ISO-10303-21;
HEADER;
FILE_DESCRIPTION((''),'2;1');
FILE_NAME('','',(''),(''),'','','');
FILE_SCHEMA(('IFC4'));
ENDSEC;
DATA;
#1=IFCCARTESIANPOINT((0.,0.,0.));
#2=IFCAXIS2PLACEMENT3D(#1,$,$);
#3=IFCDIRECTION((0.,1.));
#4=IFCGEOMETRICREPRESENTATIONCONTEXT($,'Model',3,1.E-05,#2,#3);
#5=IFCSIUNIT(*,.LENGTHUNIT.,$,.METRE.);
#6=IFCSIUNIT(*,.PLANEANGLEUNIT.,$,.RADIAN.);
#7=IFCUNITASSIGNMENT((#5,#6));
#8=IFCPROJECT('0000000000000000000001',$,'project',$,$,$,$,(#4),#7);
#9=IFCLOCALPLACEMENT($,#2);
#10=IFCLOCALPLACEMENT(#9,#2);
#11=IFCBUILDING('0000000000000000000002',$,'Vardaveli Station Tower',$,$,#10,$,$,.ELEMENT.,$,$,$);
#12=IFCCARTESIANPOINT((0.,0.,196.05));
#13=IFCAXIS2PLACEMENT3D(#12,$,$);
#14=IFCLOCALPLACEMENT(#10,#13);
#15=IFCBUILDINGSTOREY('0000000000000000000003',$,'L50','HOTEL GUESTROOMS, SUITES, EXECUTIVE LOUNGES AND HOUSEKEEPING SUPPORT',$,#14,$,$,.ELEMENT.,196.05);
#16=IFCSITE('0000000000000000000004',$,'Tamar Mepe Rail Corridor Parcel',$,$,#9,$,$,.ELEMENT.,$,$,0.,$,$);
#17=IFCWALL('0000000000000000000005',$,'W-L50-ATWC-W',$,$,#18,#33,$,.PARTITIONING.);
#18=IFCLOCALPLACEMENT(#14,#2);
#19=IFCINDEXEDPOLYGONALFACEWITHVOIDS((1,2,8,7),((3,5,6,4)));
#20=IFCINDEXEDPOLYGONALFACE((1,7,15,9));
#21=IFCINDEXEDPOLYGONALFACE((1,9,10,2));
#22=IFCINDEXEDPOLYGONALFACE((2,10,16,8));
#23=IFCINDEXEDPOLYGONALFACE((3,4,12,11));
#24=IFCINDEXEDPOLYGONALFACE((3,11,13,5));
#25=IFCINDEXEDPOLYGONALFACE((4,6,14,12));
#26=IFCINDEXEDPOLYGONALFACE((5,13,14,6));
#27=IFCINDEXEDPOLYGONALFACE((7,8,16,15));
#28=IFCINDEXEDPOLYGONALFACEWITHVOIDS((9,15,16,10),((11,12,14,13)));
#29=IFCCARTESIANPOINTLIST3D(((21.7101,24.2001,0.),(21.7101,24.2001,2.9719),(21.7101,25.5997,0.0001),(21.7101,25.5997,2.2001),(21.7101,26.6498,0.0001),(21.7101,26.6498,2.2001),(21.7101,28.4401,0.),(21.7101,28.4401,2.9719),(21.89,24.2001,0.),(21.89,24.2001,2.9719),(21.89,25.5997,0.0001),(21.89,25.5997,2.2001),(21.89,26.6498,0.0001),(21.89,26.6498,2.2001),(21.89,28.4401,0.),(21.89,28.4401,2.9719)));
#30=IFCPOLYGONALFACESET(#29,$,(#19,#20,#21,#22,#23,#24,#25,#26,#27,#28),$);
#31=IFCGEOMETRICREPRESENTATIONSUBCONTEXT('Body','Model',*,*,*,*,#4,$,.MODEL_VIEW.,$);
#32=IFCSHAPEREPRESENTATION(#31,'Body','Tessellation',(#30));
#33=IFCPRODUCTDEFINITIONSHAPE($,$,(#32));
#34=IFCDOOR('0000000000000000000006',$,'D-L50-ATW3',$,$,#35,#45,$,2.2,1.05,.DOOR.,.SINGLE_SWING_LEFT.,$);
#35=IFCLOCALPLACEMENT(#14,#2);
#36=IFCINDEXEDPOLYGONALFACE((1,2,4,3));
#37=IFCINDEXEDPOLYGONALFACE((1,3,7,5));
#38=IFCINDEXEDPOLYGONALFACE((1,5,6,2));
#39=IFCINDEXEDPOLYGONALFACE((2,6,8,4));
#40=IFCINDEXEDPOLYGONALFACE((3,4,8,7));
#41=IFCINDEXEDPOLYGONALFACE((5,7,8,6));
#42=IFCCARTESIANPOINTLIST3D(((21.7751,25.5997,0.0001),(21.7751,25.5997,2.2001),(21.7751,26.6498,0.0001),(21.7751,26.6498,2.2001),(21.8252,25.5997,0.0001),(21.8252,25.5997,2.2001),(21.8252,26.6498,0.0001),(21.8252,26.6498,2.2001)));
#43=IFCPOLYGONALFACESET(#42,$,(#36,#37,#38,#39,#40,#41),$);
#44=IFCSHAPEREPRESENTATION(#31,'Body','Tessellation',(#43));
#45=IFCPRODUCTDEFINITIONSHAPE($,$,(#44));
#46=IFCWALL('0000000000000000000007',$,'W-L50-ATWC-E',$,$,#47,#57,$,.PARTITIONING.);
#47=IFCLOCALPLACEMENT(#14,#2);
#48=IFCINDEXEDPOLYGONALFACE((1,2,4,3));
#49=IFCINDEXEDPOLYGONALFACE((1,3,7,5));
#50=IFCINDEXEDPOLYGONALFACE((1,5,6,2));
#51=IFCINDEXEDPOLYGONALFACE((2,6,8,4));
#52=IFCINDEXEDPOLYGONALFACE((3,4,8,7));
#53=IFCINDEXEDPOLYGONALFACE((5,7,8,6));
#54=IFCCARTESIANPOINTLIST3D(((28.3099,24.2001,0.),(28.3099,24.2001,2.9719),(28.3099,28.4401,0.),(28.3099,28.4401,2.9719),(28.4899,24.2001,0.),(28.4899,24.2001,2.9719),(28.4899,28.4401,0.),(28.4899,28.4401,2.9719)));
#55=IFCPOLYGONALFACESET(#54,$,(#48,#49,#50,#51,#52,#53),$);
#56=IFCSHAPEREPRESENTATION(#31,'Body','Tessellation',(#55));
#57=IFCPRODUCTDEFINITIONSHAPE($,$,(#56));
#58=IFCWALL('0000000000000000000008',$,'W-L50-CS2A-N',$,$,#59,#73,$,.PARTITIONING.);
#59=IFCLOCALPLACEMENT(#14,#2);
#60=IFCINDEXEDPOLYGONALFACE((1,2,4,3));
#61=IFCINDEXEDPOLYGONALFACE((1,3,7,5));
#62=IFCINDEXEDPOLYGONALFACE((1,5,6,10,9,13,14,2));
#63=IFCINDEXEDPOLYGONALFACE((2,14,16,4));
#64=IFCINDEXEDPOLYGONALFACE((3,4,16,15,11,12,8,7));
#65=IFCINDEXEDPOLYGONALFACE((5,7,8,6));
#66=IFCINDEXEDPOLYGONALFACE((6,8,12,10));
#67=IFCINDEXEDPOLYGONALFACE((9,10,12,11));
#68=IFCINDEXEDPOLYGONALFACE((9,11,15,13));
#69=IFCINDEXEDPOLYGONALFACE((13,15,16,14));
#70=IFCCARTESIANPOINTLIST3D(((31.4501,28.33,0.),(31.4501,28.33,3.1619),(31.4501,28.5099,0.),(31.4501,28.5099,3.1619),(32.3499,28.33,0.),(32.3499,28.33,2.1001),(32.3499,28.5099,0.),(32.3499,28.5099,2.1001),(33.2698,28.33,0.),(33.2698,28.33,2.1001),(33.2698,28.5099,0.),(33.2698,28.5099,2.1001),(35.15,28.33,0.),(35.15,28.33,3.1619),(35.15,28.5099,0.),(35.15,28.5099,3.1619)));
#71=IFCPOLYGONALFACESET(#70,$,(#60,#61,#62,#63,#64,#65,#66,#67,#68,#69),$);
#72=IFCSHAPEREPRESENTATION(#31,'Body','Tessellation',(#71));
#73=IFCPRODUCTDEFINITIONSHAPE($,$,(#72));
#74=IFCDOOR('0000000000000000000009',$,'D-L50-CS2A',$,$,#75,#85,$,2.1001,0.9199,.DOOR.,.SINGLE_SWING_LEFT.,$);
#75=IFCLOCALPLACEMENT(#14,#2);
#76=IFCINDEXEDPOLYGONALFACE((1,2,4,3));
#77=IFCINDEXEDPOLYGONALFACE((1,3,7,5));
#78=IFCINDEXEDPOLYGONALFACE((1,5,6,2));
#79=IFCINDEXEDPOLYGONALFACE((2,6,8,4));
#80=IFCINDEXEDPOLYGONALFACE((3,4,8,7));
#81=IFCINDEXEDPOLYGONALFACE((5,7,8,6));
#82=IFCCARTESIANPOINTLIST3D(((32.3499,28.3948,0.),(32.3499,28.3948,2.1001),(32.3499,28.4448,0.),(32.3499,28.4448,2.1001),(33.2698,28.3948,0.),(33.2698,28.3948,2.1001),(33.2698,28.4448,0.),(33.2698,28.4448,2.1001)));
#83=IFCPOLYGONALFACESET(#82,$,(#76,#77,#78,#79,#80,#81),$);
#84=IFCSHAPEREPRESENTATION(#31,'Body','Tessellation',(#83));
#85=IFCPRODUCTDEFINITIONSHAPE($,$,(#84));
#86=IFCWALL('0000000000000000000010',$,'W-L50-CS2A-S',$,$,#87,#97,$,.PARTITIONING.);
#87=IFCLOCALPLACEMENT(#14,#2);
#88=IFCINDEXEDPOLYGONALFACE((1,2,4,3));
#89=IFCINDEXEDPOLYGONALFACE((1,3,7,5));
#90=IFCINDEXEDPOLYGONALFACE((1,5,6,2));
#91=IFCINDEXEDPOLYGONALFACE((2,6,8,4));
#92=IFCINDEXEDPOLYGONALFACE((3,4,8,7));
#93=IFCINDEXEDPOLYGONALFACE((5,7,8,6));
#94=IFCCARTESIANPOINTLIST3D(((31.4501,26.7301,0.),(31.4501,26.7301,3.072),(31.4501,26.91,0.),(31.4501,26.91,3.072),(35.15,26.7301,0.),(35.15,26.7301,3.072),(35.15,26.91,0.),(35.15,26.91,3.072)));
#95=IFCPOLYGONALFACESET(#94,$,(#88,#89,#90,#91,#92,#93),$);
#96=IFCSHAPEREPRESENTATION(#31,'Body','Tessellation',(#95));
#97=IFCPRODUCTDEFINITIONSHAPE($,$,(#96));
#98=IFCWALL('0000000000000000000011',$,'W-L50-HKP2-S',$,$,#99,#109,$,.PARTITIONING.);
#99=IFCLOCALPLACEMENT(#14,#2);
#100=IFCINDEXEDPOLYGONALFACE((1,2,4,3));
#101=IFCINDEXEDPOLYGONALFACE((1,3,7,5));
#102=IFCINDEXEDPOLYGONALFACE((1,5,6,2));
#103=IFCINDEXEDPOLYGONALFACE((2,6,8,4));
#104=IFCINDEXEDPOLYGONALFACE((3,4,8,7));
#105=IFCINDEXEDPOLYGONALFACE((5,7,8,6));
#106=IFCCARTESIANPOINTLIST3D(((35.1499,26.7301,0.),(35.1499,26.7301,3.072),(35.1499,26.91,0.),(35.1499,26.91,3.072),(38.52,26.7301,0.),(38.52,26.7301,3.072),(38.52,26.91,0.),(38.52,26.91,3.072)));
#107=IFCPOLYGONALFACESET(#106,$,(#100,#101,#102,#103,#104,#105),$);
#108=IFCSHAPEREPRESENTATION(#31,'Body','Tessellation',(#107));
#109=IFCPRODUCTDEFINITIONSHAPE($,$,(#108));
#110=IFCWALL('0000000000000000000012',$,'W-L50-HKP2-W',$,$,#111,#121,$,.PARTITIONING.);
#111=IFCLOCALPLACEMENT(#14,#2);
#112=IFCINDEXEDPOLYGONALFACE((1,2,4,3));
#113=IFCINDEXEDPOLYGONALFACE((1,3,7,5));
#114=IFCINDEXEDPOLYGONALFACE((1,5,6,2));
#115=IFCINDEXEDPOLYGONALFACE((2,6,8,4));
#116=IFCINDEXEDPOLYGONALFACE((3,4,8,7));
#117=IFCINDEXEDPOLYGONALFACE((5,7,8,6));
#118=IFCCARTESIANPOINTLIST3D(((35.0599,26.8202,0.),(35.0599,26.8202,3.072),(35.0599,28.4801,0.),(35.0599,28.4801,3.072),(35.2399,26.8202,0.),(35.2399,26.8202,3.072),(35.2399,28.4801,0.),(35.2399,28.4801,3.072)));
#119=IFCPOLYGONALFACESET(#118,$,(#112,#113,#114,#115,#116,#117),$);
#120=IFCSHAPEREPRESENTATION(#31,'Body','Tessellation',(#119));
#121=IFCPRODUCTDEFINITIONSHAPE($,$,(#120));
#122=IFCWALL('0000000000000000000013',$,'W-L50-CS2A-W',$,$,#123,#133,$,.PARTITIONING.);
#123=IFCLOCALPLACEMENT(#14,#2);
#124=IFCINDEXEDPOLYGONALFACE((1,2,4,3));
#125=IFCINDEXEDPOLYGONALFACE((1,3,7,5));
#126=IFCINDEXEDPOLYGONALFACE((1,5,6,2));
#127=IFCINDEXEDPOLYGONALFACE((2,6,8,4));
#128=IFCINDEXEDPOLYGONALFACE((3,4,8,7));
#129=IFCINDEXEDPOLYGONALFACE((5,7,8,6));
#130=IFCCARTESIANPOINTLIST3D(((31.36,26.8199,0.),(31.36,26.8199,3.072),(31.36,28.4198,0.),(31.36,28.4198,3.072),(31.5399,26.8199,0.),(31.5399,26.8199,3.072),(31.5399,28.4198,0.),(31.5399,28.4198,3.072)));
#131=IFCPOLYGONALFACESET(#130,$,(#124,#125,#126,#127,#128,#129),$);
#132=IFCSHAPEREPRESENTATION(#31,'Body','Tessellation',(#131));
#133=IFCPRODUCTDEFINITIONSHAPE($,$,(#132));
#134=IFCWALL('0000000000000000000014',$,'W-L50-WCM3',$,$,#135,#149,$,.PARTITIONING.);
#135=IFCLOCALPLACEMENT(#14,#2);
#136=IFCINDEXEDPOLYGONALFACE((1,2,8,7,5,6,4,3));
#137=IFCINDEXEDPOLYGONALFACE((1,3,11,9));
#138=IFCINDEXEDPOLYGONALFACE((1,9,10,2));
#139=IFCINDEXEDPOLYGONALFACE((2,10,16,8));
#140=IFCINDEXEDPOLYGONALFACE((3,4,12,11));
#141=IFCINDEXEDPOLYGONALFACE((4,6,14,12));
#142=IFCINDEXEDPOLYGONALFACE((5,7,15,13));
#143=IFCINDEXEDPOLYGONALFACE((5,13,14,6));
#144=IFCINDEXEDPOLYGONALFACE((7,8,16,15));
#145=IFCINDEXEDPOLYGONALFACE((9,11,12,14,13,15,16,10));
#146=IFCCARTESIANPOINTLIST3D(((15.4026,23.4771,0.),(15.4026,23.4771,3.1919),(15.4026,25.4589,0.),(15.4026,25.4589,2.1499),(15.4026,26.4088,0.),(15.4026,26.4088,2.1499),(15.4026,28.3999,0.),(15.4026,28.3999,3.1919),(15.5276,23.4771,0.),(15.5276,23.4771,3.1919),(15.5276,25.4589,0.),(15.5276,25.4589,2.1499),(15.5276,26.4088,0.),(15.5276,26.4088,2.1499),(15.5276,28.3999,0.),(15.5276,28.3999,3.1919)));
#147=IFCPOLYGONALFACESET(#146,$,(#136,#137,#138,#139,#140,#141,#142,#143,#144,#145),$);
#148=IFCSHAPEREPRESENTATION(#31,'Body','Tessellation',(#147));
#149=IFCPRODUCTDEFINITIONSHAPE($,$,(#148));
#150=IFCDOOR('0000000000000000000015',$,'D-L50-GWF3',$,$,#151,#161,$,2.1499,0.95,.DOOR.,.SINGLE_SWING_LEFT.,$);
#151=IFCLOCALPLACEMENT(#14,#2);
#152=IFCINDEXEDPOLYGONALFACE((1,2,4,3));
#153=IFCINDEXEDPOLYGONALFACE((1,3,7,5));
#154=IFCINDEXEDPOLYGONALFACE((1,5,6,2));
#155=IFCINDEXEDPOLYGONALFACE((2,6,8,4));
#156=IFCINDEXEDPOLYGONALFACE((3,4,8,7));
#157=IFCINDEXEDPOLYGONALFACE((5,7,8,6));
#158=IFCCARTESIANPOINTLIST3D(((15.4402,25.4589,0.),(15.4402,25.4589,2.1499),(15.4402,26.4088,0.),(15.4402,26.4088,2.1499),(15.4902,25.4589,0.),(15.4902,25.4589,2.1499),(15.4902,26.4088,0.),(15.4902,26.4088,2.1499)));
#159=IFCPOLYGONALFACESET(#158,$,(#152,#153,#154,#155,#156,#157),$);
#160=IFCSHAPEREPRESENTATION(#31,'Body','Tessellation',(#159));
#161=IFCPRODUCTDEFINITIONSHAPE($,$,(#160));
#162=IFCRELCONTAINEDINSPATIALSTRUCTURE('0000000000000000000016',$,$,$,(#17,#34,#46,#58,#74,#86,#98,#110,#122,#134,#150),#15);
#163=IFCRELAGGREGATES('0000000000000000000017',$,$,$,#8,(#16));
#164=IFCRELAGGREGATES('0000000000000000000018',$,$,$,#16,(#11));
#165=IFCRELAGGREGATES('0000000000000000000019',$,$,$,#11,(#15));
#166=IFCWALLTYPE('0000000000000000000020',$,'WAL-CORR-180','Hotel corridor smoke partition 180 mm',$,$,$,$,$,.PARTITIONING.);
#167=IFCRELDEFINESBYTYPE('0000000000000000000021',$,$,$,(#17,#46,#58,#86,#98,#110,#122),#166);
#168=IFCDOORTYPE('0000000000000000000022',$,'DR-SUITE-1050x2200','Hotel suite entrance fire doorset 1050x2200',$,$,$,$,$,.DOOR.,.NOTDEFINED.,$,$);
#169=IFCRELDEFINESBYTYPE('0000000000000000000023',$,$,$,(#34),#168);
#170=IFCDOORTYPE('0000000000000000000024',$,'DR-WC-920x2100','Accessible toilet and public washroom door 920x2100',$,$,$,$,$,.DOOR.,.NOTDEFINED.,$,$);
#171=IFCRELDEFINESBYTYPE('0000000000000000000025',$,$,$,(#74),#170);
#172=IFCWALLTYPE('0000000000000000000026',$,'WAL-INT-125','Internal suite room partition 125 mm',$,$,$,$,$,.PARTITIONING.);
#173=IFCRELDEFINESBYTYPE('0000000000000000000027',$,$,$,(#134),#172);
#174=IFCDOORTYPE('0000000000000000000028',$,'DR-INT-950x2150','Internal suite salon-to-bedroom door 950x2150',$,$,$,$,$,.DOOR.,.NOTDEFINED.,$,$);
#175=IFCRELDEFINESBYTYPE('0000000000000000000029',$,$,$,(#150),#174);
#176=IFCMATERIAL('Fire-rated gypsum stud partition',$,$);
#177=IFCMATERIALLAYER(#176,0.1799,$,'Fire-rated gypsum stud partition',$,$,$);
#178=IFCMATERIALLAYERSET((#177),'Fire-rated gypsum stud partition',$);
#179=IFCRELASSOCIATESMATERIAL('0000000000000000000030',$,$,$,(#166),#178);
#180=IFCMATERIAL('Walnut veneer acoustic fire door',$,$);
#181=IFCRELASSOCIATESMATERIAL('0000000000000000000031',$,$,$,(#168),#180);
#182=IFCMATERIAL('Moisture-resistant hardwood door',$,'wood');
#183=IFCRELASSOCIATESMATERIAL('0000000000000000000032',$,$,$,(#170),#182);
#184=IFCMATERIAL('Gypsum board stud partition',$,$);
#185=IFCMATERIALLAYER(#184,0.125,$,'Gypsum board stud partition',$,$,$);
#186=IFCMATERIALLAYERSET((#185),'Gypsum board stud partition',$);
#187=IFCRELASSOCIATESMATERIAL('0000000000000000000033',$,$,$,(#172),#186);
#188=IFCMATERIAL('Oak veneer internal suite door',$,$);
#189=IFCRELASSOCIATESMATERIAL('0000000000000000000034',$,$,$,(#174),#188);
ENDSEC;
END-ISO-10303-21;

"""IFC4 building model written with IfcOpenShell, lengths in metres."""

from ifc_helpers import new_model, si_unit, direction, frame, frame_2d, origin, place, context, subcontext, project, spatial, rectangle, extrude, source, transform, mapped, material, layer, layer_set, type_object, element, fill, save


model = new_model("IFC4")

# Units and contexts
model_context = context("Model", 3, precision=1e-05, world=origin(), true_north=direction((0.0, 1.0)))
body_context = subcontext(model_context, "Body", "Model", "MODEL_VIEW")
ifc_project = project(units=[si_unit("LENGTHUNIT", "METRE"), si_unit("PLANEANGLEUNIT", "RADIAN")], contexts=[model_context])

# Site, building, storey
site_placement = place(None, origin())
site = spatial("IfcSite", under=ifc_project, at=site_placement, Name="Tamar Mepe Rail Corridor Parcel", CompositionType="ELEMENT", RefElevation=0.0)
building_placement = place(site_placement, origin())
building = spatial("IfcBuilding", under=site, at=building_placement, Name="Vardaveli Station Tower", CompositionType="ELEMENT")
storey_placement = place(building_placement, frame((0.0, 0.0, 196.05)))
storey = spatial("IfcBuildingStorey", under=building, at=storey_placement, Name="L50", Description="HOTEL GUESTROOMS, SUITES, EXECUTIVE LOUNGES AND HOUSEKEEPING SUPPORT", CompositionType="ELEMENT", Elevation=196.05)

# Wall, opening, door
ifc_material_1 = material(Name="Fire-rated gypsum stud partition")
ifc_layer_1 = layer(ifc_material_1, 0.1799, Name="Fire-rated gypsum stud partition")
ifc_layer_set_1 = layer_set([ifc_layer_1], Name="Fire-rated gypsum stud partition")
wall_type_1 = type_object("IfcWallType", Name="WAL-CORR-180", Description="Hotel corridor smoke partition 180 mm", PredefinedType="PARTITIONING", material=ifc_layer_set_1)
shared_shape_1 = source(origin(), body_context, "Body", "SweptSolid", [
    extrude(rectangle(XDim=4.24, YDim=0.1799, at=frame_2d((2.1201, 0.0))), origin(), (0.0, 0.0, 1.0), 2.9719),
])
wall_1_placement = place(storey_placement, frame((21.8, 24.2, 0.0), z_axis=(0.0, 0.0, 1.0), x_axis=(0.0, 1.0, 0.0)))
wall_1 = element("IfcWall", 1, at=wall_1_placement, inside=storey, type_object=wall_type_1, Name="W-L50-ATWC-W", PredefinedType="PARTITIONING", context=body_context, shape_type="MappedRepresentation", body=[
    mapped(shared_shape_1, transform((0.0, 0.0, 0.0), scale=1.0)),
])
shared_shape_2 = source(origin(), body_context, "Body", "SweptSolid", [
    extrude(rectangle(XDim=1.05, YDim=2.2, at=frame_2d((0.5249, 1.1001))), frame((0.0, 0.1001, 0.0), z_axis=(0.0, -1.0, 0.0), x_axis=(1.0, 0.0, 0.0)), (0.0, 0.0, 1.0), 0.2),
])
opening_1_placement = place(wall_1_placement, frame((1.3999, 0.0, 0.0)))
opening_1 = element("IfcOpeningElement", 2, at=opening_1_placement, cuts=wall_1, PredefinedType="OPENING", context=body_context, shape_type="MappedRepresentation", body=[
    mapped(shared_shape_2, transform((0.0, 0.0, 0.0), scale=1.0)),
])
ifc_material_2 = material(Name="Walnut veneer acoustic fire door")
door_type_1 = type_object("IfcDoorType", Name="DR-SUITE-1050x2200", Description="Hotel suite entrance fire doorset 1050x2200", OperationType="NOTDEFINED", PredefinedType="DOOR", material=ifc_material_2)
shared_shape_3 = source(origin(), body_context, "Body", "SweptSolid", [
    extrude(rectangle(XDim=1.05, YDim=2.2, at=frame_2d((0.5249, 1.1001))), frame((0.0, 0.0249, 0.0), z_axis=(0.0, -1.0, 0.0), x_axis=(1.0, 0.0, 0.0)), (0.0, 0.0, 1.0), 0.05),
])
door_1_placement = place(opening_1_placement, origin())
door_1 = element("IfcDoor", 3, at=door_1_placement, inside=storey, type_object=door_type_1, Name="D-L50-ATW3", OperationType="SINGLE_SWING_LEFT", OverallHeight=2.2, OverallWidth=1.05, PredefinedType="DOOR", context=body_context, shape_type="MappedRepresentation", body=[
    mapped(shared_shape_3, transform((0.0, 0.0, 0.0), scale=1.0)),
])
fill(opening_1, door_1)

# Wall
wall_2_placement = place(storey_placement, frame((28.3999, 24.2, 0.0), z_axis=(0.0, 0.0, 1.0), x_axis=(0.0, 1.0, 0.0)))
element("IfcWall", 4, at=wall_2_placement, inside=storey, type_object=wall_type_1, Name="W-L50-ATWC-E", PredefinedType="PARTITIONING", context=body_context, shape_type="MappedRepresentation", body=[
    mapped(shared_shape_1, transform((0.0, 0.0, 0.0), scale=1.0)),
])

# Wall, opening, door
shared_shape_4 = source(origin(), body_context, "Body", "SweptSolid", [
    extrude(rectangle(XDim=3.7, YDim=0.1799, at=frame_2d((1.8501, 0.0))), origin(), (0.0, 0.0, 1.0), 3.1619),
])
wall_3_placement = place(storey_placement, frame((31.45, 28.4199, 0.0), z_axis=(0.0, 0.0, 1.0), x_axis=(1.0, 0.0, 0.0)))
wall_3 = element("IfcWall", 5, at=wall_3_placement, inside=storey, type_object=wall_type_1, Name="W-L50-CS2A-N", PredefinedType="PARTITIONING", context=body_context, shape_type="MappedRepresentation", body=[
    mapped(shared_shape_4, transform((0.0, 0.0, 0.0), scale=1.0)),
])
shared_shape_5 = source(origin(), body_context, "Body", "SweptSolid", [
    extrude(rectangle(XDim=0.9199, YDim=2.1001, at=frame_2d((0.46, 1.05))), frame((0.0, 0.1001, 0.0), z_axis=(0.0, -1.0, 0.0), x_axis=(1.0, 0.0, 0.0)), (0.0, 0.0, 1.0), 0.2),
])
opening_2_placement = place(wall_3_placement, frame((0.8999, 0.0, 0.0)))
opening_2 = element("IfcOpeningElement", 6, at=opening_2_placement, cuts=wall_3, PredefinedType="OPENING", context=body_context, shape_type="MappedRepresentation", body=[
    mapped(shared_shape_5, transform((0.0, 0.0, 0.0), scale=1.0)),
])
ifc_material_3 = material(Name="Moisture-resistant hardwood door", Category="wood")
door_type_2 = type_object("IfcDoorType", Name="DR-WC-920x2100", Description="Accessible toilet and public washroom door 920x2100", OperationType="NOTDEFINED", PredefinedType="DOOR", material=ifc_material_3)
shared_shape_6 = source(origin(), body_context, "Body", "SweptSolid", [
    extrude(rectangle(XDim=0.9199, YDim=2.1001, at=frame_2d((0.46, 1.05))), frame((0.0, 0.0249, 0.0), z_axis=(0.0, -1.0, 0.0), x_axis=(1.0, 0.0, 0.0)), (0.0, 0.0, 1.0), 0.05),
])
door_2_placement = place(opening_2_placement, origin())
door_2 = element("IfcDoor", 7, at=door_2_placement, inside=storey, type_object=door_type_2, Name="D-L50-CS2A", OperationType="SINGLE_SWING_LEFT", OverallHeight=2.1001, OverallWidth=0.9199, PredefinedType="DOOR", context=body_context, shape_type="MappedRepresentation", body=[
    mapped(shared_shape_6, transform((0.0, 0.0, 0.0), scale=1.0)),
])
fill(opening_2, door_2)
shared_shape_7 = source(origin(), body_context, "Body", "SweptSolid", [
    extrude(rectangle(XDim=0.95, YDim=2.1499, at=frame_2d((0.4751, 1.075))), frame((0.0, 0.0249, 0.0), z_axis=(0.0, -1.0, 0.0), x_axis=(1.0, 0.0, 0.0)), (0.0, 0.0, 1.0), 0.05),
])

# Walls
shared_shape_8 = source(origin(), body_context, "Body", "SweptSolid", [
    extrude(rectangle(XDim=3.7, YDim=0.1799, at=frame_2d((1.8501, 0.0))), origin(), (0.0, 0.0, 1.0), 3.072),
])
wall_4_placement = place(storey_placement, frame((31.45, 26.8201, 0.0), z_axis=(0.0, 0.0, 1.0), x_axis=(1.0, 0.0, 0.0)))
element("IfcWall", 8, at=wall_4_placement, inside=storey, type_object=wall_type_1, Name="W-L50-CS2A-S", PredefinedType="PARTITIONING", context=body_context, shape_type="MappedRepresentation", body=[
    mapped(shared_shape_8, transform((0.0, 0.0, 0.0), scale=1.0)),
])
shared_shape_9 = source(origin(), body_context, "Body", "SweptSolid", [
    extrude(rectangle(XDim=3.3701, YDim=0.1799, at=frame_2d((1.6851, 0.0))), origin(), (0.0, 0.0, 1.0), 3.072),
])
wall_5_placement = place(storey_placement, frame((35.1499, 26.8201, 0.0), z_axis=(0.0, 0.0, 1.0), x_axis=(1.0, 0.0, 0.0)))
element("IfcWall", 9, at=wall_5_placement, inside=storey, type_object=wall_type_1, Name="W-L50-HKP2-S", PredefinedType="PARTITIONING", context=body_context, shape_type="MappedRepresentation", body=[
    mapped(shared_shape_9, transform((0.0, 0.0, 0.0), scale=1.0)),
])
shared_shape_10 = source(origin(), body_context, "Body", "SweptSolid", [
    extrude(rectangle(XDim=1.6599, YDim=0.1799, at=frame_2d((0.8301, 0.0))), origin(), (0.0, 0.0, 1.0), 3.072),
])
wall_6_placement = place(storey_placement, frame((35.1499, 26.8201, 0.0), z_axis=(0.0, 0.0, 1.0), x_axis=(0.0, 1.0, 0.0)))
element("IfcWall", 10, at=wall_6_placement, inside=storey, type_object=wall_type_1, Name="W-L50-HKP2-W", PredefinedType="PARTITIONING", context=body_context, shape_type="MappedRepresentation", body=[
    mapped(shared_shape_10, transform((0.0, 0.0, 0.0), scale=1.0)),
])
shared_shape_11 = source(origin(), body_context, "Body", "SweptSolid", [
    extrude(rectangle(XDim=1.5999, YDim=0.1799, at=frame_2d((0.7998, 0.0))), origin(), (0.0, 0.0, 1.0), 3.072),
])
wall_7_placement = place(storey_placement, frame((31.45, 26.8201, 0.0), z_axis=(0.0, 0.0, 1.0), x_axis=(0.0, 1.0, 0.0)))
element("IfcWall", 11, at=wall_7_placement, inside=storey, type_object=wall_type_1, Name="W-L50-CS2A-W", PredefinedType="PARTITIONING", context=body_context, shape_type="MappedRepresentation", body=[
    mapped(shared_shape_11, transform((0.0, 0.0, 0.0), scale=1.0)),
])

# Wall, opening, door
ifc_material_4 = material(Name="Gypsum board stud partition")
ifc_layer_2 = layer(ifc_material_4, 0.125, Name="Gypsum board stud partition")
ifc_layer_set_2 = layer_set([ifc_layer_2], Name="Gypsum board stud partition")
wall_type_2 = type_object("IfcWallType", Name="WAL-INT-125", Description="Internal suite room partition 125 mm", PredefinedType="PARTITIONING", material=ifc_layer_set_2)
shared_shape_12 = source(origin(), body_context, "Body", "SweptSolid", [
    extrude(rectangle(XDim=4.9229, YDim=0.125, at=frame_2d((2.4614, 0.0))), origin(), (0.0, 0.0, 1.0), 3.1919),
])
wall_8_placement = place(storey_placement, frame((15.4651, 23.4771, 0.0), z_axis=(0.0, 0.0, 1.0), x_axis=(0.0, 1.0, 0.0)))
wall_8 = element("IfcWall", 12, at=wall_8_placement, inside=storey, type_object=wall_type_2, Name="W-L50-WCM3", PredefinedType="PARTITIONING", context=body_context, shape_type="MappedRepresentation", body=[
    mapped(shared_shape_12, transform((0.0, 0.0, 0.0), scale=1.0)),
])
shared_shape_13 = source(origin(), body_context, "Body", "SweptSolid", [
    extrude(rectangle(XDim=0.95, YDim=2.1499, at=frame_2d((0.4751, 1.075))), frame((0.0, 0.0725, 0.0), z_axis=(0.0, -1.0, 0.0), x_axis=(1.0, 0.0, 0.0)), (0.0, 0.0, 1.0), 0.145),
])
opening_3_placement = place(wall_8_placement, frame((1.9817, 0.0, 0.0)))
opening_3 = element("IfcOpeningElement", 13, at=opening_3_placement, cuts=wall_8, PredefinedType="OPENING", context=body_context, shape_type="MappedRepresentation", body=[
    mapped(shared_shape_13, transform((0.0, 0.0, 0.0), scale=1.0)),
])
ifc_material_5 = material(Name="Oak veneer internal suite door")
door_type_3 = type_object("IfcDoorType", Name="DR-INT-950x2150", Description="Internal suite salon-to-bedroom door 950x2150", OperationType="NOTDEFINED", PredefinedType="DOOR", material=ifc_material_5)
door_3_placement = place(opening_3_placement, origin())
door_3 = element("IfcDoor", 14, at=door_3_placement, inside=storey, type_object=door_type_3, Name="D-L50-GWF3", OperationType="SINGLE_SWING_LEFT", OverallHeight=2.1499, OverallWidth=0.95, PredefinedType="DOOR", context=body_context, shape_type="MappedRepresentation", body=[
    mapped(shared_shape_7, transform((0.0, 0.0, 0.0), scale=1.0)),
])
fill(opening_3, door_3)

save(model, "model.ifc")
